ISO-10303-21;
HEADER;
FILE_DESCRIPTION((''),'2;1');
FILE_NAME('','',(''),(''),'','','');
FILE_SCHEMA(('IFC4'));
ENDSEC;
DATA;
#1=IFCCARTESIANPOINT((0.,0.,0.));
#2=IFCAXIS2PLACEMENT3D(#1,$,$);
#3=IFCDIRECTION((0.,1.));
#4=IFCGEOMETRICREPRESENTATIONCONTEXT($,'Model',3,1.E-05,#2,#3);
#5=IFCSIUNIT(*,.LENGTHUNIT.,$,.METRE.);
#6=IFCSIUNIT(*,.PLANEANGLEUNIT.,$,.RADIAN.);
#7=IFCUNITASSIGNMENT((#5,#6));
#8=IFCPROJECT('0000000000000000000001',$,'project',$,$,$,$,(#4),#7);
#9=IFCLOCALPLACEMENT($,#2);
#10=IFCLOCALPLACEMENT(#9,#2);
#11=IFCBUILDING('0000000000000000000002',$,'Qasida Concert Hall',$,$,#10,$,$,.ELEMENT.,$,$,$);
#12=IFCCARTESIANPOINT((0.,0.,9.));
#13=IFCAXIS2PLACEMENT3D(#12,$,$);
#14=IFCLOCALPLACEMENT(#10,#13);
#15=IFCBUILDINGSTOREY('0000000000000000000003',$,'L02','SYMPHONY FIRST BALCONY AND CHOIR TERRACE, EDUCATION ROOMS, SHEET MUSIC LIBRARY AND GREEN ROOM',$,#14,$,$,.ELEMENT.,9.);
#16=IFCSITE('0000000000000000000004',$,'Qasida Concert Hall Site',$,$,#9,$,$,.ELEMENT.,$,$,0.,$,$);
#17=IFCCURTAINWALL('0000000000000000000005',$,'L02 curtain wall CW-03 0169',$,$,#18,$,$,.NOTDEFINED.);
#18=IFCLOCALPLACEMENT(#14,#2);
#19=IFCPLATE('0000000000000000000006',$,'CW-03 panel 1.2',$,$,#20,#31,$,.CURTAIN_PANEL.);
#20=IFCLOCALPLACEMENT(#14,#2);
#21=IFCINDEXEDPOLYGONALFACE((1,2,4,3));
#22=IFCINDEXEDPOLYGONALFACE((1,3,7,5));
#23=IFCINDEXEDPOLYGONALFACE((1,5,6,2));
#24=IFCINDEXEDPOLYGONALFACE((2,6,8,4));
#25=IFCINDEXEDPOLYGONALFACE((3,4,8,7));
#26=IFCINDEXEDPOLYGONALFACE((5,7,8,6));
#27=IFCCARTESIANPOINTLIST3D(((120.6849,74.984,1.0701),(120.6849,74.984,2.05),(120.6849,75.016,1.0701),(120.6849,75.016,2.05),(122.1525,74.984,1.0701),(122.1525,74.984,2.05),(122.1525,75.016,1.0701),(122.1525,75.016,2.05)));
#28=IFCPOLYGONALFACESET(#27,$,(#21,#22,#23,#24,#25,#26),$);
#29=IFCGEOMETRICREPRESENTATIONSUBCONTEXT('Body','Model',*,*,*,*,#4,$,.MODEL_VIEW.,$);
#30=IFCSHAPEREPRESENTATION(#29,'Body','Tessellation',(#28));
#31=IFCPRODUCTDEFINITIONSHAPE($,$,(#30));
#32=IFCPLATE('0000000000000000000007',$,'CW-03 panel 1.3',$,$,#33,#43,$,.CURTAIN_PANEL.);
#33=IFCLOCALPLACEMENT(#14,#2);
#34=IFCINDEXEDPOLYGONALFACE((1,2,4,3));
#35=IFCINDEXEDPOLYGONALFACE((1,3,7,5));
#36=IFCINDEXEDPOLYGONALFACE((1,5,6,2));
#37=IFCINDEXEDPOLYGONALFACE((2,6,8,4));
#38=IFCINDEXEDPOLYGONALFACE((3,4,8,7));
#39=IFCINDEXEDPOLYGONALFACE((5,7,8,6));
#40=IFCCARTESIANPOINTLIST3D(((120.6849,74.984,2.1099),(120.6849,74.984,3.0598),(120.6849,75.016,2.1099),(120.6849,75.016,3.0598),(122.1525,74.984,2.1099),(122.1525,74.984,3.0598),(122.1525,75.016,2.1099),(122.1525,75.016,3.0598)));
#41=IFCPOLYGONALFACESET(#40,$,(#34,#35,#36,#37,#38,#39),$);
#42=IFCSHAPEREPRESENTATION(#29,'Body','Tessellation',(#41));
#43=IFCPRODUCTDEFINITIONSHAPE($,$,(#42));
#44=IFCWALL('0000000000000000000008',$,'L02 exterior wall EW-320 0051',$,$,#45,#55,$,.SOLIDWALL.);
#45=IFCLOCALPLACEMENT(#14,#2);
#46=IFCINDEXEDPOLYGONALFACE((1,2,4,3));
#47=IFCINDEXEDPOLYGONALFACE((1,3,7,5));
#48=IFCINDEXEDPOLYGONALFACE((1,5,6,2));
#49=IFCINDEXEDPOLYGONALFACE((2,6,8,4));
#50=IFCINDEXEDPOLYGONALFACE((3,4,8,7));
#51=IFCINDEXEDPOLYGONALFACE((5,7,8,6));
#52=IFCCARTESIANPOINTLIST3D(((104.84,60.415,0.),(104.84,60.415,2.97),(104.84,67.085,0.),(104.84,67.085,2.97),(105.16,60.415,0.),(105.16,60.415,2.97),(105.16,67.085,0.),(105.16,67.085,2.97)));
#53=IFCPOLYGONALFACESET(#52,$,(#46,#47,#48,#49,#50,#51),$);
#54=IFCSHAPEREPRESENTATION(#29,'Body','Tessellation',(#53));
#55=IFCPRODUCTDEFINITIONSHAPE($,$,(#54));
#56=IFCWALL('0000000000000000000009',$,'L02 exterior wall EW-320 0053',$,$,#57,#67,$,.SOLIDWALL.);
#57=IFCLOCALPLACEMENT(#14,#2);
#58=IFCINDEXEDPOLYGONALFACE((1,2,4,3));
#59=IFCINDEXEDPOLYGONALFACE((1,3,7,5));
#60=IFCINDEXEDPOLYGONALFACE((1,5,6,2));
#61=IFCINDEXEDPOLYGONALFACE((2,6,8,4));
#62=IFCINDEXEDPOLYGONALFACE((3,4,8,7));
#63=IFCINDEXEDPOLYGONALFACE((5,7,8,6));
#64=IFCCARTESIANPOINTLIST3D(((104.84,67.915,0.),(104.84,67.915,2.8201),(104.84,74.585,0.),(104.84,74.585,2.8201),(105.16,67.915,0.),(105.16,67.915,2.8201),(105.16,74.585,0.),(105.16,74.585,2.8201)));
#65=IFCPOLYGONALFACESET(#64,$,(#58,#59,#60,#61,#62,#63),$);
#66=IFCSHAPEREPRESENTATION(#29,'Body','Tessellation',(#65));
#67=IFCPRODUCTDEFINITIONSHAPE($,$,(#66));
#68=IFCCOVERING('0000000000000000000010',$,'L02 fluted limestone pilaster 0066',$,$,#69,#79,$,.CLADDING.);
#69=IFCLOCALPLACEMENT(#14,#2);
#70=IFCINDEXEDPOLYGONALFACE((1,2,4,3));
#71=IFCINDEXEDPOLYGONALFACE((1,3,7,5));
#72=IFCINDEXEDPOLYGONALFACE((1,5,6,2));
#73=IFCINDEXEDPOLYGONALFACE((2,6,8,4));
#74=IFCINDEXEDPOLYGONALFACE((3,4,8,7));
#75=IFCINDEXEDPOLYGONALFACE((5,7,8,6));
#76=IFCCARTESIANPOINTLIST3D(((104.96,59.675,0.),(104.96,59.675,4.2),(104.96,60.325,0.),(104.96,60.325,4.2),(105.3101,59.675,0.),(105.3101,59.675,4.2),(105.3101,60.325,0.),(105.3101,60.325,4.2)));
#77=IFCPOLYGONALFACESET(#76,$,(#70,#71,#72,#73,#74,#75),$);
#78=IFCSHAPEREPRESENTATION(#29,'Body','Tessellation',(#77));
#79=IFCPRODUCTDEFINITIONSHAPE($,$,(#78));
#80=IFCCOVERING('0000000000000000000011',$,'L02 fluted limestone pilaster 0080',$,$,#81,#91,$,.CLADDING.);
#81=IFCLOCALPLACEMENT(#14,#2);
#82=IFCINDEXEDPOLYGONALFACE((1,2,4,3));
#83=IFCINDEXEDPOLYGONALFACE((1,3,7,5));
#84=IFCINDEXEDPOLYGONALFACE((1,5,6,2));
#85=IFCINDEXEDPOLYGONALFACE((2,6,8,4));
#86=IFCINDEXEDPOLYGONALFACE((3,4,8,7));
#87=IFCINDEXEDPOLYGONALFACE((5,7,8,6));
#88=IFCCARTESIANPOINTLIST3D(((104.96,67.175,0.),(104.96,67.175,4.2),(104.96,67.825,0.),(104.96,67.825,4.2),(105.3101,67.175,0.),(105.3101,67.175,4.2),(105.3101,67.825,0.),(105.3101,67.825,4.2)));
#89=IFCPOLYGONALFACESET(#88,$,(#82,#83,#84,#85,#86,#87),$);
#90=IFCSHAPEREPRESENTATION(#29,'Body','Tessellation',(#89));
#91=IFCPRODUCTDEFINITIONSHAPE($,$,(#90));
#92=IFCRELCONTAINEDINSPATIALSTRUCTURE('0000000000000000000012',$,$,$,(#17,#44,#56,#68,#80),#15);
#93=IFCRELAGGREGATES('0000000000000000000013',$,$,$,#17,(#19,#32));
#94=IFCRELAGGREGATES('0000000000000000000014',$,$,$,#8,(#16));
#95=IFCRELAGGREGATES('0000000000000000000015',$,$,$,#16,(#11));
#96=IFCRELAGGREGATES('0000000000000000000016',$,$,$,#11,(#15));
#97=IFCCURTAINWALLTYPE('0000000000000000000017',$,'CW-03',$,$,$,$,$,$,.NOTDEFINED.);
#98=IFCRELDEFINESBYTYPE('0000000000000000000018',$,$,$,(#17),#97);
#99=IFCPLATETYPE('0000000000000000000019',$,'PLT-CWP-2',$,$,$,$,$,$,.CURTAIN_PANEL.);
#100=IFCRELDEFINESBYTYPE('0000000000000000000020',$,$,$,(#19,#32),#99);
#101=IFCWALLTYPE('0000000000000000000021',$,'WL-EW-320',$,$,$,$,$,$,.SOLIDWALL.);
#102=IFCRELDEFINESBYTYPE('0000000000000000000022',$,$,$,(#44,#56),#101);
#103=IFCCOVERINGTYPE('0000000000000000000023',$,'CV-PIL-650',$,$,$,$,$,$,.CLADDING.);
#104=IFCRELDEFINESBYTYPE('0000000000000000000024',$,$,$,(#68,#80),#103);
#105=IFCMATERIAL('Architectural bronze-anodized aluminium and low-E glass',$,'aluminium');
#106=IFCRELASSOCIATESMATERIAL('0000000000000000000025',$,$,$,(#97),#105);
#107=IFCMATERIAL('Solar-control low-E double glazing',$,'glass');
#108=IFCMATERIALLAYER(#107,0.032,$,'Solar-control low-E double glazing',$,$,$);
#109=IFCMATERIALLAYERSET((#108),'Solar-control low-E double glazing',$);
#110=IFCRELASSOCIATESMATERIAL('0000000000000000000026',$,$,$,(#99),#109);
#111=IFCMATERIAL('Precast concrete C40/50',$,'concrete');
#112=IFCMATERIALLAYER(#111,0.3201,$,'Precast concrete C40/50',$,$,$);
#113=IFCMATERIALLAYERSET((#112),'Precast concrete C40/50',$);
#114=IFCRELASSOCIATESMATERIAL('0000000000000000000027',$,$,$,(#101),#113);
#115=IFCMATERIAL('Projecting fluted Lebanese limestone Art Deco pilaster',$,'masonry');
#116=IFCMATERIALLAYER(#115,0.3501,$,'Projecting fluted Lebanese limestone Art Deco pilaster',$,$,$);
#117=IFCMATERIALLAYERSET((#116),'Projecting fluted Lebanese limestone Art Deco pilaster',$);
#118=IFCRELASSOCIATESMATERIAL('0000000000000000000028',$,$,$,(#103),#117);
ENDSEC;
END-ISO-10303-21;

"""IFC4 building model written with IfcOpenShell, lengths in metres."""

from ifc_helpers import new_model, si_unit, direction, frame, frame_2d, origin, origin_2d, place, context, subcontext, project, spatial, rectangle, extrude, material, layer, layer_set, type_object, element, aggregate, save


model = new_model("IFC4")

# Units and contexts
model_context = context("Model", 3, precision=1e-05, world=origin(), true_north=direction((0.0, 1.0)))
body_context = subcontext(model_context, "Body", "Model", "MODEL_VIEW")
ifc_project = project(units=[si_unit("LENGTHUNIT", "METRE"), si_unit("PLANEANGLEUNIT", "RADIAN")], contexts=[model_context])

# Site, building, storey
site_placement = place(None, origin())
site = spatial("IfcSite", under=ifc_project, at=site_placement, Name="Qasida Concert Hall Site", CompositionType="ELEMENT", RefElevation=0.0)
building_placement = place(site_placement, origin())
building = spatial("IfcBuilding", under=site, at=building_placement, Name="Qasida Concert Hall", CompositionType="ELEMENT")
storey_placement = place(building_placement, frame((0.0, 0.0, 9.0)))
storey = spatial("IfcBuildingStorey", under=building, at=storey_placement, Name="L02", Description="SYMPHONY FIRST BALCONY AND CHOIR TERRACE, EDUCATION ROOMS, SHEET MUSIC LIBRARY AND GREEN ROOM", CompositionType="ELEMENT", Elevation=9.0)

# Shared definitions
ifc_material_1 = material(Name="Architectural bronze-anodized aluminium and low-E glass", Category="aluminium")
curtain_wall_type = type_object("IfcCurtainWallType", Name="CW-03", PredefinedType="NOTDEFINED", material=ifc_material_1)

# Curtain wall
curtain_wall_1_placement = place(storey_placement, origin())
curtain_wall_1 = element("IfcCurtainWall", 1, at=curtain_wall_1_placement, inside=storey, type_object=curtain_wall_type, Name="L02 curtain wall CW-03 0169", PredefinedType="NOTDEFINED")

# Plates
ifc_material_2 = material(Name="Solar-control low-E double glazing", Category="glass")
ifc_layer_1 = layer(ifc_material_2, 0.032, Name="Solar-control low-E double glazing")
ifc_layer_set_1 = layer_set([ifc_layer_1], Name="Solar-control low-E double glazing")
plate_type = type_object("IfcPlateType", Name="PLT-CWP-2", PredefinedType="CURTAIN_PANEL", material=ifc_layer_set_1)
plate_1_placement = place(storey_placement, frame((121.4187, 75.0, 1.0701), z_axis=(0.0, 0.0, 1.0), x_axis=(1.0, 0.0, 0.0)))
plate_1 = element("IfcPlate", 2, at=plate_1_placement, type_object=plate_type, Name="CW-03 panel 1.2", PredefinedType="CURTAIN_PANEL", context=body_context, shape_type="SweptSolid", body=[
    extrude(rectangle(XDim=1.4675, YDim=0.032, at=origin_2d()), origin(), (0.0, 0.0, 1.0), 0.98),
])
plate_2_placement = place(storey_placement, frame((121.4187, 75.0, 2.1099), z_axis=(0.0, 0.0, 1.0), x_axis=(1.0, 0.0, 0.0)))
plate_2 = element("IfcPlate", 3, at=plate_2_placement, type_object=plate_type, Name="CW-03 panel 1.3", PredefinedType="CURTAIN_PANEL", context=body_context, shape_type="SweptSolid", body=[
    extrude(rectangle(XDim=1.4675, YDim=0.032, at=origin_2d()), origin(), (0.0, 0.0, 1.0), 0.95),
])
aggregate(curtain_wall_1, [plate_1, plate_2])

# Walls
ifc_material_3 = material(Name="Precast concrete C40/50", Category="concrete")
ifc_layer_2 = layer(ifc_material_3, 0.3201, Name="Precast concrete C40/50")
ifc_layer_set_2 = layer_set([ifc_layer_2], Name="Precast concrete C40/50")
wall_type = type_object("IfcWallType", Name="WL-EW-320", PredefinedType="SOLIDWALL", material=ifc_layer_set_2)
wall_1_placement = place(storey_placement, frame((105.0, 60.415, 0.0), z_axis=(0.0, 0.0, 1.0), x_axis=(0.0, 1.0, 0.0)))
element("IfcWall", 4, at=wall_1_placement, inside=storey, type_object=wall_type, Name="L02 exterior wall EW-320 0051", PredefinedType="SOLIDWALL", context=body_context, shape_type="SweptSolid", body=[
    extrude(rectangle(XDim=6.6699, YDim=0.3201, at=frame_2d((3.335, 0.0))), origin(), (0.0, 0.0, 1.0), 2.97),
])
wall_2_placement = place(storey_placement, frame((105.0, 67.915, 0.0), z_axis=(0.0, 0.0, 1.0), x_axis=(0.0, 1.0, 0.0)))
element("IfcWall", 5, at=wall_2_placement, inside=storey, type_object=wall_type, Name="L02 exterior wall EW-320 0053", PredefinedType="SOLIDWALL", context=body_context, shape_type="SweptSolid", body=[
    extrude(rectangle(XDim=6.6699, YDim=0.3201, at=frame_2d((3.335, 0.0))), origin(), (0.0, 0.0, 1.0), 2.8201),
])

# Coverings
ifc_material_4 = material(Name="Projecting fluted Lebanese limestone Art Deco pilaster", Category="masonry")
ifc_layer_3 = layer(ifc_material_4, 0.3501, Name="Projecting fluted Lebanese limestone Art Deco pilaster")
ifc_layer_set_3 = layer_set([ifc_layer_3], Name="Projecting fluted Lebanese limestone Art Deco pilaster")
covering_type = type_object("IfcCoveringType", Name="CV-PIL-650", PredefinedType="CLADDING", material=ifc_layer_set_3)
for number, where, z_axis, x_axis, name in (
    (6, (105.135, 60.0, 0.0), (0.0, 0.0, 1.0), (1.0, 0.0, 0.0), "L02 fluted limestone pilaster 0066"),
    (7, (105.135, 67.5, 0.0), (0.0, 0.0, 1.0), (1.0, 0.0, 0.0), "L02 fluted limestone pilaster 0080"),
):
    element("IfcCovering", number, at=place(storey_placement, frame(where, z_axis=z_axis, x_axis=x_axis)), inside=storey, type_object=covering_type, Name=name, PredefinedType="CLADDING", context=body_context, shape_type="SweptSolid", body=[
        extrude(rectangle(XDim=0.3501, YDim=0.6499, at=origin_2d()), origin(), (0.0, 0.0, 1.0), 4.2),
    ])

save(model, "model.ifc")
